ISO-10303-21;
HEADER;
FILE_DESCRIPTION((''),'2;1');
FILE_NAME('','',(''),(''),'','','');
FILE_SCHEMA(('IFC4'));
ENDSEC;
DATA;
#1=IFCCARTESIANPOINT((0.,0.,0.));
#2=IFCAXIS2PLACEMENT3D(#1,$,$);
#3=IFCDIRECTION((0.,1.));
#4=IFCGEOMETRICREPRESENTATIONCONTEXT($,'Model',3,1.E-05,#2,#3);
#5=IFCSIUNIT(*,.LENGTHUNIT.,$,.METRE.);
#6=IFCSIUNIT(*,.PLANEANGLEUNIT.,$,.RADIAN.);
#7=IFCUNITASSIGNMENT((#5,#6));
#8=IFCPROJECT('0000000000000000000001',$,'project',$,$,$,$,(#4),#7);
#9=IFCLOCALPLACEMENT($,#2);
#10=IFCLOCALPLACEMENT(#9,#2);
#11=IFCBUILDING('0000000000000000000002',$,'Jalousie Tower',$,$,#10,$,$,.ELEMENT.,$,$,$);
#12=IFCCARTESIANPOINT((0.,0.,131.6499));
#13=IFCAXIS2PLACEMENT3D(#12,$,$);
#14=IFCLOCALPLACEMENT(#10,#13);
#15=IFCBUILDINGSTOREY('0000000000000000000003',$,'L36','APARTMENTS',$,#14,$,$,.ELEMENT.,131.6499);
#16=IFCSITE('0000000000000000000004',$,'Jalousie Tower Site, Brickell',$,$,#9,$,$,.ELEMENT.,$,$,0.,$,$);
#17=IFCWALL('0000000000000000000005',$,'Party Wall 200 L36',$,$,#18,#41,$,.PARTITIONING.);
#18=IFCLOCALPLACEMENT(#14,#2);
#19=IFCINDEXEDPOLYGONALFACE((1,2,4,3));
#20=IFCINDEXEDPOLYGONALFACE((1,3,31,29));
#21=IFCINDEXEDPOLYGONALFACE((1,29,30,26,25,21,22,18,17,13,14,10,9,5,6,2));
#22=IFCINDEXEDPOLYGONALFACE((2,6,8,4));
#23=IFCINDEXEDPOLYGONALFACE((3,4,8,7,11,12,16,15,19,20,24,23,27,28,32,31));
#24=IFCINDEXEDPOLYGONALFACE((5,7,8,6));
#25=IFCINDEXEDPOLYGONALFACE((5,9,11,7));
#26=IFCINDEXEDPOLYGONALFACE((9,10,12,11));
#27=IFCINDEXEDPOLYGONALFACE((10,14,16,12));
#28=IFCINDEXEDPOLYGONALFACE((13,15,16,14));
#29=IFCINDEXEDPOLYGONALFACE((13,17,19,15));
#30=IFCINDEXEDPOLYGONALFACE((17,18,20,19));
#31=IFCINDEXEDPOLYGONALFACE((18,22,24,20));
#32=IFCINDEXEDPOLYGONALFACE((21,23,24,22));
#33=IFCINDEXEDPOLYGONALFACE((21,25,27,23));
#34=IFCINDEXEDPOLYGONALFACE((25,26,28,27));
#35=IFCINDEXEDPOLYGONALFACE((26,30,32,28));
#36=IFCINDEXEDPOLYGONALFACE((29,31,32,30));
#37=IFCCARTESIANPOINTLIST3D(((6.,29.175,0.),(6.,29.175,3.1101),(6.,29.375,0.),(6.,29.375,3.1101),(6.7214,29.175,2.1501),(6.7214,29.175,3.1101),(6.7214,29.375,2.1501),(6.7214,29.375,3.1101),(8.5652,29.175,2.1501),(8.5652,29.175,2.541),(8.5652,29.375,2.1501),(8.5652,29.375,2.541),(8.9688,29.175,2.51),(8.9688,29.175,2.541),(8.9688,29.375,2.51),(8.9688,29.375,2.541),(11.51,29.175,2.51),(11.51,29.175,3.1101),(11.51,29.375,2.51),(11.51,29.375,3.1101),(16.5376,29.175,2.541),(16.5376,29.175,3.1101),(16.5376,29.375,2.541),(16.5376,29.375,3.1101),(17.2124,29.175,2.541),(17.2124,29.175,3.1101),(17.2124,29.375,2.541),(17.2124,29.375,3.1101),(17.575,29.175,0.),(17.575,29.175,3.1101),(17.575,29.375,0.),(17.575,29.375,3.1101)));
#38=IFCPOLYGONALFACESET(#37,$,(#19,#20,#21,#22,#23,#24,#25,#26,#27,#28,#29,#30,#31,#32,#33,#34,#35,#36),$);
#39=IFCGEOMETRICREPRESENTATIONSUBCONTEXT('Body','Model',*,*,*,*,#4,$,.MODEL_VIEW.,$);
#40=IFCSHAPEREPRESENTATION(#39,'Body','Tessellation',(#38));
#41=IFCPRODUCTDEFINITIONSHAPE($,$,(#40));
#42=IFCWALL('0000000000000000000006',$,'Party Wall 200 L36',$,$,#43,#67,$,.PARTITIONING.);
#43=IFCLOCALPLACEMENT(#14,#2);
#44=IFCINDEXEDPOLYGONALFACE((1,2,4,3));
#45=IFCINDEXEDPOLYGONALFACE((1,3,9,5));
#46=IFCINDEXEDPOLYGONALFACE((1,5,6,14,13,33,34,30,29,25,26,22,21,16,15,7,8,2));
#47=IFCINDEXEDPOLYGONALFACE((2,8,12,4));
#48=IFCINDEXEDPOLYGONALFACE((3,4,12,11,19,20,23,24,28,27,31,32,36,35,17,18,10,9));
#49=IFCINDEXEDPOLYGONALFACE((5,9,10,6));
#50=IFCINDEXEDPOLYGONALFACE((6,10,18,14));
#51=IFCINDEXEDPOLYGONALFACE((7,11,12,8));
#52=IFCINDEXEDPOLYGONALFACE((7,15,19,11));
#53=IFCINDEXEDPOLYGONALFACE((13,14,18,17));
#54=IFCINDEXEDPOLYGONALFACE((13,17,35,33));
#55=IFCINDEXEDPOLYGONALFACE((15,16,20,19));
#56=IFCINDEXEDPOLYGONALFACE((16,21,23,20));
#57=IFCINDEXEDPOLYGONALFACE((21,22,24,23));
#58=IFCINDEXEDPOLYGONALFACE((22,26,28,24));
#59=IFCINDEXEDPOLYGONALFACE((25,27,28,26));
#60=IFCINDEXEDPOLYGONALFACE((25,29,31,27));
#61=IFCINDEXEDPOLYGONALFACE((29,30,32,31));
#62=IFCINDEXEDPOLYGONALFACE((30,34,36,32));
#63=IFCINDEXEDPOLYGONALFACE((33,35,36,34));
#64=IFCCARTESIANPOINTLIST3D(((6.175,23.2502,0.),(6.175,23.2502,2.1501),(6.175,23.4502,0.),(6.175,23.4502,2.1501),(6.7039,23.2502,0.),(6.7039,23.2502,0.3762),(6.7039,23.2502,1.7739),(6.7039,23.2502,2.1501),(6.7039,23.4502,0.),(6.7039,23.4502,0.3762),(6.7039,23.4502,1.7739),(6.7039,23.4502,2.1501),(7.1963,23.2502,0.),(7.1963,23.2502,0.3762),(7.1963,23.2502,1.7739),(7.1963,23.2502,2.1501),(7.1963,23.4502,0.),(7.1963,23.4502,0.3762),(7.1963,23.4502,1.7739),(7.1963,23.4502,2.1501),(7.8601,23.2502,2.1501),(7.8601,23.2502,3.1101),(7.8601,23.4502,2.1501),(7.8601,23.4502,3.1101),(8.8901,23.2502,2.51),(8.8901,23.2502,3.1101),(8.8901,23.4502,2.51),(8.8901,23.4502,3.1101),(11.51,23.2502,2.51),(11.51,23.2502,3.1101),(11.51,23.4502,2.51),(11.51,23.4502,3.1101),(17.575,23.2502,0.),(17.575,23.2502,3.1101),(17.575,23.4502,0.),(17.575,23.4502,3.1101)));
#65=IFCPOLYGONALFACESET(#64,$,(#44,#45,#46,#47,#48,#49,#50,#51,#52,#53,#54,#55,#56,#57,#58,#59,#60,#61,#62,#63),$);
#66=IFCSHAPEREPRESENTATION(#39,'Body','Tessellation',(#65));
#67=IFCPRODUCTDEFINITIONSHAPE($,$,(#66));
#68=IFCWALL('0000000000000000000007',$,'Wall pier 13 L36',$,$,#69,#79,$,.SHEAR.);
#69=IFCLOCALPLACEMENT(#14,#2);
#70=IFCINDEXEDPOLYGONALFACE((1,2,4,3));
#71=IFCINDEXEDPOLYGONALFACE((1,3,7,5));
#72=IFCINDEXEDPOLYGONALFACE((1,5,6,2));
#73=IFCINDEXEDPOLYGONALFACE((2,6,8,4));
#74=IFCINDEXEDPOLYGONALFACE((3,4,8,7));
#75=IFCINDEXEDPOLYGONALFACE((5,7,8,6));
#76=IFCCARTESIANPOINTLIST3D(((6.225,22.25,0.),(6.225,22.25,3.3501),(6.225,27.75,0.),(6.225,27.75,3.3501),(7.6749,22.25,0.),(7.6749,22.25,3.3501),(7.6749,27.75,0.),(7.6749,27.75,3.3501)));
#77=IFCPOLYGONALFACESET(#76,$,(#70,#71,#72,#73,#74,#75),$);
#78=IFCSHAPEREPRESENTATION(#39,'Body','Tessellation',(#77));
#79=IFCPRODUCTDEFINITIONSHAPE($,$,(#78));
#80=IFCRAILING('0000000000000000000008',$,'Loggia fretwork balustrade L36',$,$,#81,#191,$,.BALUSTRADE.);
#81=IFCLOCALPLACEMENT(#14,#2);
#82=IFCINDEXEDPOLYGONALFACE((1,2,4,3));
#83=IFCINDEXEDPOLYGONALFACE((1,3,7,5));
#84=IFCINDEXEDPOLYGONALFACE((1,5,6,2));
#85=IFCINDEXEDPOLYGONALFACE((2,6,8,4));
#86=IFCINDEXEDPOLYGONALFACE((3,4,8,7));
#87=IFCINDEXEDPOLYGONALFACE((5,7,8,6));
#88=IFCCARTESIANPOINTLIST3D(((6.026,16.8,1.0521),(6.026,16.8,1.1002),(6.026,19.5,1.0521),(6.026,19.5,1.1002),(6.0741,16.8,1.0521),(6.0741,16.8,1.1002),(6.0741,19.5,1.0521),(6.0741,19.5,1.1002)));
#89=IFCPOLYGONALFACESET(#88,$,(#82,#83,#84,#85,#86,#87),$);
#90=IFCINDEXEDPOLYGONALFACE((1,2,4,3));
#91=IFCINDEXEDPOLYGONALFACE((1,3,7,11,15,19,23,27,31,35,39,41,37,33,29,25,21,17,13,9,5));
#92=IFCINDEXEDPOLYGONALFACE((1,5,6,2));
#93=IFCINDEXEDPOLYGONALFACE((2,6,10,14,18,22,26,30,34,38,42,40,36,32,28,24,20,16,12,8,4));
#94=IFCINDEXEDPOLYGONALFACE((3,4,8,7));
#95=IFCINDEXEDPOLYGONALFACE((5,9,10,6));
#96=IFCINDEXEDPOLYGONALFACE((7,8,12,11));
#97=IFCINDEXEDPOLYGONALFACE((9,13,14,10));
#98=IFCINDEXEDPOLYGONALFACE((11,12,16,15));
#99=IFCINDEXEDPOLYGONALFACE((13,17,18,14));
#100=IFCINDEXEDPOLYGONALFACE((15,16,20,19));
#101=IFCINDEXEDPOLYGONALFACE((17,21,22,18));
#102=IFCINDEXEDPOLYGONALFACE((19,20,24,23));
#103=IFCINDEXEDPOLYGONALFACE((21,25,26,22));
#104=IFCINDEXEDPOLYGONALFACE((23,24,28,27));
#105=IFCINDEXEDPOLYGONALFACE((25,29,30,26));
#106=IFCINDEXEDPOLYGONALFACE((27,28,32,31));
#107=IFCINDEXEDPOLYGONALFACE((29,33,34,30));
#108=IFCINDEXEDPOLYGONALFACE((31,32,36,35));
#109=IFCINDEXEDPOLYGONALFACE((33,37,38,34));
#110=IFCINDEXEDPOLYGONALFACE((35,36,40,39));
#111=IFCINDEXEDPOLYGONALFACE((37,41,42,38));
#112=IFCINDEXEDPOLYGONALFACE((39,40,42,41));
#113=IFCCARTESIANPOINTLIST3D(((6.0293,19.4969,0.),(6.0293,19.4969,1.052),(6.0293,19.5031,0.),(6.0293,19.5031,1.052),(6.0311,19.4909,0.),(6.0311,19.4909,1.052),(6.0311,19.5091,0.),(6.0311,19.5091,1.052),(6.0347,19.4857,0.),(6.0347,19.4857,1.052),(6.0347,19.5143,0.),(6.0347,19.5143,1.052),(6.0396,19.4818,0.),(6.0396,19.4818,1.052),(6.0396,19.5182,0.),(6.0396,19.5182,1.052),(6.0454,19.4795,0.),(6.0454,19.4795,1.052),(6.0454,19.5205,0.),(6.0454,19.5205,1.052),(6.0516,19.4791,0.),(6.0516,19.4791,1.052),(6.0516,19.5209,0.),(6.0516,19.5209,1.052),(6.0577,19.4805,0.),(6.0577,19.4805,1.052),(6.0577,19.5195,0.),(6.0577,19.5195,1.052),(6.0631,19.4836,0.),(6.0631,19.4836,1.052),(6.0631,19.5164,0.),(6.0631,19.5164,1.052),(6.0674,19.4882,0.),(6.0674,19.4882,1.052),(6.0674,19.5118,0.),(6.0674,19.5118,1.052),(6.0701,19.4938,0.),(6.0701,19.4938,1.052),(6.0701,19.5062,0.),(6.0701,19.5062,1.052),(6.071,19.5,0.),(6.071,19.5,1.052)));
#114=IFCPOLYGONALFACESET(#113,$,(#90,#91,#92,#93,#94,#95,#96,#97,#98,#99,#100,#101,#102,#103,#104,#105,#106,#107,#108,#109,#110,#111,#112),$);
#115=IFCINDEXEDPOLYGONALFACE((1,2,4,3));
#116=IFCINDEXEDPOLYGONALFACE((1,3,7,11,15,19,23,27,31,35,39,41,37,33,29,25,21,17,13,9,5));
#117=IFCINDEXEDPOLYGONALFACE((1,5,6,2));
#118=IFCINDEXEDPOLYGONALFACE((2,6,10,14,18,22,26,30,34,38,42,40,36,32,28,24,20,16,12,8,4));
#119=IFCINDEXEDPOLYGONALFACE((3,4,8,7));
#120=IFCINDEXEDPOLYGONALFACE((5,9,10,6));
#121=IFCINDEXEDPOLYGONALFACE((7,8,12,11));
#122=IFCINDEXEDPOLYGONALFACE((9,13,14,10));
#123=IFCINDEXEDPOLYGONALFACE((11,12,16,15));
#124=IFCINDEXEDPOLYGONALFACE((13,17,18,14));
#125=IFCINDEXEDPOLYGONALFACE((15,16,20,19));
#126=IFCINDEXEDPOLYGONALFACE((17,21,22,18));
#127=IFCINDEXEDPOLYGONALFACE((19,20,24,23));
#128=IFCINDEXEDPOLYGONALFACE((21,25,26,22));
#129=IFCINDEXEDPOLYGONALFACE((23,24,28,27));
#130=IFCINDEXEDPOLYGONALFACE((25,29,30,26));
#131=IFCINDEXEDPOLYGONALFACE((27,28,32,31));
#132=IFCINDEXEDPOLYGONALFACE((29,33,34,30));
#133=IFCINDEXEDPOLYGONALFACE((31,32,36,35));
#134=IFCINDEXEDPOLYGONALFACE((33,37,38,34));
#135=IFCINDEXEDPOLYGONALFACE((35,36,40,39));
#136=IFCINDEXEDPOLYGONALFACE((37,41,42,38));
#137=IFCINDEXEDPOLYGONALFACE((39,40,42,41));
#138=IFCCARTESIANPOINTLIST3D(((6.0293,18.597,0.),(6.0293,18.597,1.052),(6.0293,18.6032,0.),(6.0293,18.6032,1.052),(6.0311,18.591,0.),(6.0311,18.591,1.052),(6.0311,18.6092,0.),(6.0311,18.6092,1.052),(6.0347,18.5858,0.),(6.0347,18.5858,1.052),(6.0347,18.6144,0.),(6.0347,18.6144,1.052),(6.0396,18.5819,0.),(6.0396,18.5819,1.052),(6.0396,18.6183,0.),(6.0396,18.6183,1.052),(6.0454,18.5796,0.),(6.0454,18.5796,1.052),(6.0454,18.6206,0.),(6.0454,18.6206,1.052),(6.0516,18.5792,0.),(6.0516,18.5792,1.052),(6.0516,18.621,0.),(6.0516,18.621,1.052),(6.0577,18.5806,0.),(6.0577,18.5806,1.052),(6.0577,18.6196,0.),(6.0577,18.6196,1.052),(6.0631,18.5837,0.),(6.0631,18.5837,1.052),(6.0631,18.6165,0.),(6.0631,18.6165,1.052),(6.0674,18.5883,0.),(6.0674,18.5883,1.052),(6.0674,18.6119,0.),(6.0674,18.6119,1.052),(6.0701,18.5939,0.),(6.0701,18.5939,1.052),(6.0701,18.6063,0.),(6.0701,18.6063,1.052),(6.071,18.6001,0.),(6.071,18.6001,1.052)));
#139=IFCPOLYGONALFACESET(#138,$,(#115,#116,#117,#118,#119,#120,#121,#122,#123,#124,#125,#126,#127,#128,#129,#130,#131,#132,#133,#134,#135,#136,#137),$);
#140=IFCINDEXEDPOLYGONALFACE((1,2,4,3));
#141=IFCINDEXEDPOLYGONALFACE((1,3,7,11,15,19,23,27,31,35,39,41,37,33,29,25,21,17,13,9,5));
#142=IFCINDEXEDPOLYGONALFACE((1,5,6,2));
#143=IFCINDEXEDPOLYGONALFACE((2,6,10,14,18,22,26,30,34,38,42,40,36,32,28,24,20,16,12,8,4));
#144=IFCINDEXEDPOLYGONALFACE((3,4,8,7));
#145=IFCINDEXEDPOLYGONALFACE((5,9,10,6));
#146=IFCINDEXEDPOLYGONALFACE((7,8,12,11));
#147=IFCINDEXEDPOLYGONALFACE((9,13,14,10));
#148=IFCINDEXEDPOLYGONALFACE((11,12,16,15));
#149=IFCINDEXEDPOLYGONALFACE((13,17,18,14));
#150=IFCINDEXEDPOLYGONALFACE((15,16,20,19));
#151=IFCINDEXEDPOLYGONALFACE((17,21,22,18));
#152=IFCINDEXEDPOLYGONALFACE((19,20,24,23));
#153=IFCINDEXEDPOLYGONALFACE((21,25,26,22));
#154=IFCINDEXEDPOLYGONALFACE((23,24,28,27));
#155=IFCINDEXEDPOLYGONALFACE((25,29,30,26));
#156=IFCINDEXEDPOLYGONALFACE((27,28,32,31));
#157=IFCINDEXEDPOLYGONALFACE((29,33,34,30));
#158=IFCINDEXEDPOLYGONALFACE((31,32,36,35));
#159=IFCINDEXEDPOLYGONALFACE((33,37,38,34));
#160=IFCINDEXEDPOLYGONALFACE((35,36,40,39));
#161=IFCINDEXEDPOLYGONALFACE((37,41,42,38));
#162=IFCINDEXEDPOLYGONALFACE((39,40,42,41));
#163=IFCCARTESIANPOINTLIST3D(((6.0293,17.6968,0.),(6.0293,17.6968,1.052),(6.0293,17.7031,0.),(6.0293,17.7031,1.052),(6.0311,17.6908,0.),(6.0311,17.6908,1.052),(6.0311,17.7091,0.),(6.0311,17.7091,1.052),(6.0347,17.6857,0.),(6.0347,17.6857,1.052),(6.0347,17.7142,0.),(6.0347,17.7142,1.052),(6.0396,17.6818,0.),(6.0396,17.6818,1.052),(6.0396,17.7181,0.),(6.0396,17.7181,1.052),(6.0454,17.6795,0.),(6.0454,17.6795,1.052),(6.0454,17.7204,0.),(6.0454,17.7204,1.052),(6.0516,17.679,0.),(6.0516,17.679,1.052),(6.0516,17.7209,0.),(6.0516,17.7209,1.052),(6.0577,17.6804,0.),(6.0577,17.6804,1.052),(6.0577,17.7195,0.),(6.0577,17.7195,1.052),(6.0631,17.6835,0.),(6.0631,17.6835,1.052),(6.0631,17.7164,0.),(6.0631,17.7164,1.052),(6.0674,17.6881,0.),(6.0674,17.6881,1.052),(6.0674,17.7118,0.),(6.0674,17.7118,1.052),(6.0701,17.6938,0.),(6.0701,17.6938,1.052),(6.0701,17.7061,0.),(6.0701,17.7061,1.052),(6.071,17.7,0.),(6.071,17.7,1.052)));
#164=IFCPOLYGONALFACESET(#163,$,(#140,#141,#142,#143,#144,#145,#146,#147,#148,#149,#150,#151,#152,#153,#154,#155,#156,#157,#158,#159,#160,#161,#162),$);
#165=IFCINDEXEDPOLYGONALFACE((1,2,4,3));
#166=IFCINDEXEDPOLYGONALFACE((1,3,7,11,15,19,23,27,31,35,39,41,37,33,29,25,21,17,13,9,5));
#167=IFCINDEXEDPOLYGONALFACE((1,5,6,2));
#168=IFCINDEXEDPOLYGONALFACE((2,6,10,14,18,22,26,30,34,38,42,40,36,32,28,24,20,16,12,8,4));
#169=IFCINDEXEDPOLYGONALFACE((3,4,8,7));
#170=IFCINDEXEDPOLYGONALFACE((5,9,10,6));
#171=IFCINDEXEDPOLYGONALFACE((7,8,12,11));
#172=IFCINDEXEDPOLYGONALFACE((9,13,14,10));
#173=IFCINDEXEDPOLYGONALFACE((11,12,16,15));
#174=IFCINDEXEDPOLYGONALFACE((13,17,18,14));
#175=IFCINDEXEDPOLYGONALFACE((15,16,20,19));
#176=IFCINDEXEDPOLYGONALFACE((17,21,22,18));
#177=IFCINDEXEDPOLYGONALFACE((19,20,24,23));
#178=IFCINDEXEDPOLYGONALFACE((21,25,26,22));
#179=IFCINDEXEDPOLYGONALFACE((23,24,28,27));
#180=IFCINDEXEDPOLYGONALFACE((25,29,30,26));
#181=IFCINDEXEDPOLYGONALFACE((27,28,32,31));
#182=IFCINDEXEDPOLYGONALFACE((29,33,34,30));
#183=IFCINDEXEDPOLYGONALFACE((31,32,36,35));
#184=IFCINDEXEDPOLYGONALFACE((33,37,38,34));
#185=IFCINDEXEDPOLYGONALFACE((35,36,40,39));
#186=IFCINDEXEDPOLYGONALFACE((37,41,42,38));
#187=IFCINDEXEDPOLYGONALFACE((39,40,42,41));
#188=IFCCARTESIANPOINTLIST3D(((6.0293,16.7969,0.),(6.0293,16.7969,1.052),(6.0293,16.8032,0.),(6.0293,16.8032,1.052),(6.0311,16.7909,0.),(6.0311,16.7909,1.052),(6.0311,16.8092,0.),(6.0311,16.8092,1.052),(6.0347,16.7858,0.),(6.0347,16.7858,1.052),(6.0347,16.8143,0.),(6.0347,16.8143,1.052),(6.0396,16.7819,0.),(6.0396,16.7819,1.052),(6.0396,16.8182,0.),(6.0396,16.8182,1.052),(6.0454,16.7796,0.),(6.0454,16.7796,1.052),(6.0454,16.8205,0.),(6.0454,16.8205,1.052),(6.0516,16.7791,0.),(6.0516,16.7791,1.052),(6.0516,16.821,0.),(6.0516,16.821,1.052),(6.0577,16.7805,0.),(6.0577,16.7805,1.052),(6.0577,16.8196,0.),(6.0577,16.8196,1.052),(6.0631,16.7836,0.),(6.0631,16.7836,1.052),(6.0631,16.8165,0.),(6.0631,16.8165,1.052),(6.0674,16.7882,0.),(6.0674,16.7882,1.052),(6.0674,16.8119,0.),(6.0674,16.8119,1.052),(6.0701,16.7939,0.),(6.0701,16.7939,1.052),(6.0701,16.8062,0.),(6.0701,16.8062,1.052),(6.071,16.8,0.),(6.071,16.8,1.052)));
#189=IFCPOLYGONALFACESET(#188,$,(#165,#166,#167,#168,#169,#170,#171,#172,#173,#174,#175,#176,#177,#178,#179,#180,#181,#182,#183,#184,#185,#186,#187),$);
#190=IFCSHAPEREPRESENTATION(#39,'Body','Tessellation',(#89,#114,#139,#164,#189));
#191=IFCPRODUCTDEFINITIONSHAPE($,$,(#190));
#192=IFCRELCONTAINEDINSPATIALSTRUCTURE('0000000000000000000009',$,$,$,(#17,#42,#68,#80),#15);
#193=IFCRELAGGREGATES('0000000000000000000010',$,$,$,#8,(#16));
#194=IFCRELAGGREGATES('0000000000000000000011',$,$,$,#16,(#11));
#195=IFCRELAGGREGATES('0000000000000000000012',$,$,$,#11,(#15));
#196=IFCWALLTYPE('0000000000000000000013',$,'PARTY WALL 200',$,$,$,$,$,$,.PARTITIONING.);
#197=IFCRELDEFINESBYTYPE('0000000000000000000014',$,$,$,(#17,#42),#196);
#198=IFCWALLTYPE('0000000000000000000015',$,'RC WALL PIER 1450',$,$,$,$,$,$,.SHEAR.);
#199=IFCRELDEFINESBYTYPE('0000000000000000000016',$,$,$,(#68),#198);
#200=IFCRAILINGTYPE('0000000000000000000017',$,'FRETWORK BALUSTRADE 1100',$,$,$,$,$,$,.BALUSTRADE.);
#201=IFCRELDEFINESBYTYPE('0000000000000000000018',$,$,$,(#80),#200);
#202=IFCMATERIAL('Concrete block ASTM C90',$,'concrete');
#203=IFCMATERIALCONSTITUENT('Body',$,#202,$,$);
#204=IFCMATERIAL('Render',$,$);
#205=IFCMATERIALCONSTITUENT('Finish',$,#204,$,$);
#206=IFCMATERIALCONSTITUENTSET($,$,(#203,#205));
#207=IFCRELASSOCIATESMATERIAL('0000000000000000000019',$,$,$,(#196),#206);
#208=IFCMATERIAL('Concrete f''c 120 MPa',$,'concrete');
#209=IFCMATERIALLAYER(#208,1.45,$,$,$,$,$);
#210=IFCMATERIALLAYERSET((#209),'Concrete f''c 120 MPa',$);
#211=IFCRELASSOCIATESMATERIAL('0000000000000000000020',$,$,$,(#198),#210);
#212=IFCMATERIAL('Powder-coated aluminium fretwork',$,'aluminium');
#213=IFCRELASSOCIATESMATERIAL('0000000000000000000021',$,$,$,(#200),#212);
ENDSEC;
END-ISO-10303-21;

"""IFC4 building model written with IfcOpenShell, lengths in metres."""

from ifc_helpers import new_model, si_unit, direction, frame, frame_2d, origin, origin_2d, place, context, subcontext, project, spatial, polyline, rectangle, circle, outline, extrude, material, layer, layer_set, constituent, constituent_set, type_object, element, save


model = new_model("IFC4")

# Units and contexts
model_context = context("Model", 3, precision=1e-05, world=origin(), true_north=direction((0.0, 1.0)))
body_context = subcontext(model_context, "Body", "Model", "MODEL_VIEW")
ifc_project = project(units=[si_unit("LENGTHUNIT", "METRE"), si_unit("PLANEANGLEUNIT", "RADIAN")], contexts=[model_context])

# Site, building, storey
site_placement = place(None, origin())
site = spatial("IfcSite", under=ifc_project, at=site_placement, Name="Jalousie Tower Site, Brickell", CompositionType="ELEMENT", RefElevation=0.0)
building_placement = place(site_placement, origin())
building = spatial("IfcBuilding", under=site, at=building_placement, Name="Jalousie Tower", CompositionType="ELEMENT")
storey_placement = place(building_placement, frame((0.0, 0.0, 131.6499)))
storey = spatial("IfcBuildingStorey", under=building, at=storey_placement, Name="L36", Description="APARTMENTS", CompositionType="ELEMENT", Elevation=131.6499)

# Walls
ifc_material_1 = material(Name="Concrete block ASTM C90", Category="concrete")
ifc_constituent_1 = constituent(ifc_material_1, Name="Body")
ifc_material_2 = material(Name="Render")
ifc_constituent_2 = constituent(ifc_material_2, Name="Finish")
ifc_constituent_set_1 = constituent_set(constituents=[ifc_constituent_1, ifc_constituent_2])
wall_type_1 = type_object("IfcWallType", Name="PARTY WALL 200", PredefinedType="PARTITIONING", material=ifc_constituent_set_1)
wall_1_placement = place(storey_placement, frame((6.0, 29.2749, 0.0), z_axis=(0.0, 0.0, 1.0), x_axis=(1.0, 0.0, 0.0)))
element("IfcWall", 1, at=wall_1_placement, inside=storey, type_object=wall_type_1, Name="Party Wall 200 L36", PredefinedType="PARTITIONING", context=body_context, shape_type="SweptSolid", body=[
    extrude(outline(polyline([(0.0, 0.0), (11.575, 0.0), (11.575, 3.1101), (11.2124, 3.1101), (11.2124, 2.541), (10.5376, 2.541), (10.5376, 3.1101), (5.51, 3.1101), (5.51, 2.51), (2.9688, 2.51), (2.9688, 2.541), (2.5652, 2.541), (2.5652, 2.1501), (0.7214, 2.1501), (0.7214, 3.1101), (0.0, 3.1101), (0.0, 0.0)])), frame((0.0, 0.1001, 0.0), z_axis=(0.0, -1.0, 0.0), x_axis=(1.0, 0.0, 0.0)), (0.0, 0.0, 1.0), 0.2),
])
wall_2_placement = place(storey_placement, frame((6.175, 23.3501, 0.0), z_axis=(0.0, 0.0, 1.0), x_axis=(1.0, 0.0, 0.0)))
element("IfcWall", 2, at=wall_2_placement, inside=storey, type_object=wall_type_1, Name="Party Wall 200 L36", PredefinedType="PARTITIONING", context=body_context, shape_type="SweptSolid", body=[
    extrude(outline(polyline([(0.5288, 2.1501), (0.0, 2.1501), (0.0, 0.0), (0.5288, 0.0), (0.5288, 0.3762), (1.0212, 0.3762), (1.0212, 0.0), (11.3999, 0.0), (11.3999, 3.1101), (5.335, 3.1101), (5.335, 2.51), (2.7151, 2.51), (2.7151, 3.1101), (1.6851, 3.1101), (1.6851, 2.1501), (1.0212, 2.1501), (1.0212, 1.7739), (0.5288, 1.7739), (0.5288, 2.1501)])), frame((0.0, 0.1001, 0.0), z_axis=(0.0, -1.0, 0.0), x_axis=(1.0, 0.0, 0.0)), (0.0, 0.0, 1.0), 0.2),
])
ifc_material_3 = material(Name="Concrete f'c 120 MPa", Category="concrete")
ifc_layer_1 = layer(ifc_material_3, 1.45)
ifc_layer_set_1 = layer_set([ifc_layer_1], Name="Concrete f'c 120 MPa")
wall_type_2 = type_object("IfcWallType", Name="RC WALL PIER 1450", PredefinedType="SHEAR", material=ifc_layer_set_1)
wall_3_placement = place(storey_placement, frame((6.95, 22.25, 0.0), z_axis=(0.0, 0.0, 1.0), x_axis=(0.0, 1.0, 0.0)))
element("IfcWall", 3, at=wall_3_placement, inside=storey, type_object=wall_type_2, Name="Wall pier 13 L36", PredefinedType="SHEAR", context=body_context, shape_type="SweptSolid", body=[
    extrude(rectangle(XDim=5.5, YDim=1.45, at=frame_2d((2.75, 0.0))), origin(), (0.0, 0.0, 1.0), 3.3501),
])

# Railing
ifc_material_4 = material(Name="Powder-coated aluminium fretwork", Category="aluminium")
railing_type = type_object("IfcRailingType", Name="FRETWORK BALUSTRADE 1100", PredefinedType="BALUSTRADE", material=ifc_material_4)
railing_placement = place(storey_placement, frame((6.05, 19.5, 0.0)))
element("IfcRailing", 4, at=railing_placement, inside=storey, type_object=railing_type, Name="Loggia fretwork balustrade L36", PredefinedType="BALUSTRADE", context=body_context, shape_type="SweptSolid", body=[
    extrude(rectangle(XDim=0.0481, YDim=0.0481, at=origin_2d()), frame((0.0, 0.0, 1.0762), z_axis=(0.0, -1.0, 0.0), x_axis=(1.0, 0.0, 0.0)), (0.0, 0.0, 1.0), 2.7),
    extrude(circle(Radius=0.021, at=origin_2d()), origin(), (0.0, 0.0, 1.0), 1.052),
    extrude(circle(Radius=0.021, at=origin_2d()), frame((0.0, -0.8999, 0.0)), (0.0, 0.0, 1.0), 1.052),
    extrude(circle(Radius=0.021, at=origin_2d()), frame((0.0, -1.8, 0.0)), (0.0, 0.0, 1.0), 1.052),
    extrude(circle(Radius=0.021, at=origin_2d()), frame((0.0, -2.7, 0.0)), (0.0, 0.0, 1.0), 1.052),
])

save(model, "model.ifc")
